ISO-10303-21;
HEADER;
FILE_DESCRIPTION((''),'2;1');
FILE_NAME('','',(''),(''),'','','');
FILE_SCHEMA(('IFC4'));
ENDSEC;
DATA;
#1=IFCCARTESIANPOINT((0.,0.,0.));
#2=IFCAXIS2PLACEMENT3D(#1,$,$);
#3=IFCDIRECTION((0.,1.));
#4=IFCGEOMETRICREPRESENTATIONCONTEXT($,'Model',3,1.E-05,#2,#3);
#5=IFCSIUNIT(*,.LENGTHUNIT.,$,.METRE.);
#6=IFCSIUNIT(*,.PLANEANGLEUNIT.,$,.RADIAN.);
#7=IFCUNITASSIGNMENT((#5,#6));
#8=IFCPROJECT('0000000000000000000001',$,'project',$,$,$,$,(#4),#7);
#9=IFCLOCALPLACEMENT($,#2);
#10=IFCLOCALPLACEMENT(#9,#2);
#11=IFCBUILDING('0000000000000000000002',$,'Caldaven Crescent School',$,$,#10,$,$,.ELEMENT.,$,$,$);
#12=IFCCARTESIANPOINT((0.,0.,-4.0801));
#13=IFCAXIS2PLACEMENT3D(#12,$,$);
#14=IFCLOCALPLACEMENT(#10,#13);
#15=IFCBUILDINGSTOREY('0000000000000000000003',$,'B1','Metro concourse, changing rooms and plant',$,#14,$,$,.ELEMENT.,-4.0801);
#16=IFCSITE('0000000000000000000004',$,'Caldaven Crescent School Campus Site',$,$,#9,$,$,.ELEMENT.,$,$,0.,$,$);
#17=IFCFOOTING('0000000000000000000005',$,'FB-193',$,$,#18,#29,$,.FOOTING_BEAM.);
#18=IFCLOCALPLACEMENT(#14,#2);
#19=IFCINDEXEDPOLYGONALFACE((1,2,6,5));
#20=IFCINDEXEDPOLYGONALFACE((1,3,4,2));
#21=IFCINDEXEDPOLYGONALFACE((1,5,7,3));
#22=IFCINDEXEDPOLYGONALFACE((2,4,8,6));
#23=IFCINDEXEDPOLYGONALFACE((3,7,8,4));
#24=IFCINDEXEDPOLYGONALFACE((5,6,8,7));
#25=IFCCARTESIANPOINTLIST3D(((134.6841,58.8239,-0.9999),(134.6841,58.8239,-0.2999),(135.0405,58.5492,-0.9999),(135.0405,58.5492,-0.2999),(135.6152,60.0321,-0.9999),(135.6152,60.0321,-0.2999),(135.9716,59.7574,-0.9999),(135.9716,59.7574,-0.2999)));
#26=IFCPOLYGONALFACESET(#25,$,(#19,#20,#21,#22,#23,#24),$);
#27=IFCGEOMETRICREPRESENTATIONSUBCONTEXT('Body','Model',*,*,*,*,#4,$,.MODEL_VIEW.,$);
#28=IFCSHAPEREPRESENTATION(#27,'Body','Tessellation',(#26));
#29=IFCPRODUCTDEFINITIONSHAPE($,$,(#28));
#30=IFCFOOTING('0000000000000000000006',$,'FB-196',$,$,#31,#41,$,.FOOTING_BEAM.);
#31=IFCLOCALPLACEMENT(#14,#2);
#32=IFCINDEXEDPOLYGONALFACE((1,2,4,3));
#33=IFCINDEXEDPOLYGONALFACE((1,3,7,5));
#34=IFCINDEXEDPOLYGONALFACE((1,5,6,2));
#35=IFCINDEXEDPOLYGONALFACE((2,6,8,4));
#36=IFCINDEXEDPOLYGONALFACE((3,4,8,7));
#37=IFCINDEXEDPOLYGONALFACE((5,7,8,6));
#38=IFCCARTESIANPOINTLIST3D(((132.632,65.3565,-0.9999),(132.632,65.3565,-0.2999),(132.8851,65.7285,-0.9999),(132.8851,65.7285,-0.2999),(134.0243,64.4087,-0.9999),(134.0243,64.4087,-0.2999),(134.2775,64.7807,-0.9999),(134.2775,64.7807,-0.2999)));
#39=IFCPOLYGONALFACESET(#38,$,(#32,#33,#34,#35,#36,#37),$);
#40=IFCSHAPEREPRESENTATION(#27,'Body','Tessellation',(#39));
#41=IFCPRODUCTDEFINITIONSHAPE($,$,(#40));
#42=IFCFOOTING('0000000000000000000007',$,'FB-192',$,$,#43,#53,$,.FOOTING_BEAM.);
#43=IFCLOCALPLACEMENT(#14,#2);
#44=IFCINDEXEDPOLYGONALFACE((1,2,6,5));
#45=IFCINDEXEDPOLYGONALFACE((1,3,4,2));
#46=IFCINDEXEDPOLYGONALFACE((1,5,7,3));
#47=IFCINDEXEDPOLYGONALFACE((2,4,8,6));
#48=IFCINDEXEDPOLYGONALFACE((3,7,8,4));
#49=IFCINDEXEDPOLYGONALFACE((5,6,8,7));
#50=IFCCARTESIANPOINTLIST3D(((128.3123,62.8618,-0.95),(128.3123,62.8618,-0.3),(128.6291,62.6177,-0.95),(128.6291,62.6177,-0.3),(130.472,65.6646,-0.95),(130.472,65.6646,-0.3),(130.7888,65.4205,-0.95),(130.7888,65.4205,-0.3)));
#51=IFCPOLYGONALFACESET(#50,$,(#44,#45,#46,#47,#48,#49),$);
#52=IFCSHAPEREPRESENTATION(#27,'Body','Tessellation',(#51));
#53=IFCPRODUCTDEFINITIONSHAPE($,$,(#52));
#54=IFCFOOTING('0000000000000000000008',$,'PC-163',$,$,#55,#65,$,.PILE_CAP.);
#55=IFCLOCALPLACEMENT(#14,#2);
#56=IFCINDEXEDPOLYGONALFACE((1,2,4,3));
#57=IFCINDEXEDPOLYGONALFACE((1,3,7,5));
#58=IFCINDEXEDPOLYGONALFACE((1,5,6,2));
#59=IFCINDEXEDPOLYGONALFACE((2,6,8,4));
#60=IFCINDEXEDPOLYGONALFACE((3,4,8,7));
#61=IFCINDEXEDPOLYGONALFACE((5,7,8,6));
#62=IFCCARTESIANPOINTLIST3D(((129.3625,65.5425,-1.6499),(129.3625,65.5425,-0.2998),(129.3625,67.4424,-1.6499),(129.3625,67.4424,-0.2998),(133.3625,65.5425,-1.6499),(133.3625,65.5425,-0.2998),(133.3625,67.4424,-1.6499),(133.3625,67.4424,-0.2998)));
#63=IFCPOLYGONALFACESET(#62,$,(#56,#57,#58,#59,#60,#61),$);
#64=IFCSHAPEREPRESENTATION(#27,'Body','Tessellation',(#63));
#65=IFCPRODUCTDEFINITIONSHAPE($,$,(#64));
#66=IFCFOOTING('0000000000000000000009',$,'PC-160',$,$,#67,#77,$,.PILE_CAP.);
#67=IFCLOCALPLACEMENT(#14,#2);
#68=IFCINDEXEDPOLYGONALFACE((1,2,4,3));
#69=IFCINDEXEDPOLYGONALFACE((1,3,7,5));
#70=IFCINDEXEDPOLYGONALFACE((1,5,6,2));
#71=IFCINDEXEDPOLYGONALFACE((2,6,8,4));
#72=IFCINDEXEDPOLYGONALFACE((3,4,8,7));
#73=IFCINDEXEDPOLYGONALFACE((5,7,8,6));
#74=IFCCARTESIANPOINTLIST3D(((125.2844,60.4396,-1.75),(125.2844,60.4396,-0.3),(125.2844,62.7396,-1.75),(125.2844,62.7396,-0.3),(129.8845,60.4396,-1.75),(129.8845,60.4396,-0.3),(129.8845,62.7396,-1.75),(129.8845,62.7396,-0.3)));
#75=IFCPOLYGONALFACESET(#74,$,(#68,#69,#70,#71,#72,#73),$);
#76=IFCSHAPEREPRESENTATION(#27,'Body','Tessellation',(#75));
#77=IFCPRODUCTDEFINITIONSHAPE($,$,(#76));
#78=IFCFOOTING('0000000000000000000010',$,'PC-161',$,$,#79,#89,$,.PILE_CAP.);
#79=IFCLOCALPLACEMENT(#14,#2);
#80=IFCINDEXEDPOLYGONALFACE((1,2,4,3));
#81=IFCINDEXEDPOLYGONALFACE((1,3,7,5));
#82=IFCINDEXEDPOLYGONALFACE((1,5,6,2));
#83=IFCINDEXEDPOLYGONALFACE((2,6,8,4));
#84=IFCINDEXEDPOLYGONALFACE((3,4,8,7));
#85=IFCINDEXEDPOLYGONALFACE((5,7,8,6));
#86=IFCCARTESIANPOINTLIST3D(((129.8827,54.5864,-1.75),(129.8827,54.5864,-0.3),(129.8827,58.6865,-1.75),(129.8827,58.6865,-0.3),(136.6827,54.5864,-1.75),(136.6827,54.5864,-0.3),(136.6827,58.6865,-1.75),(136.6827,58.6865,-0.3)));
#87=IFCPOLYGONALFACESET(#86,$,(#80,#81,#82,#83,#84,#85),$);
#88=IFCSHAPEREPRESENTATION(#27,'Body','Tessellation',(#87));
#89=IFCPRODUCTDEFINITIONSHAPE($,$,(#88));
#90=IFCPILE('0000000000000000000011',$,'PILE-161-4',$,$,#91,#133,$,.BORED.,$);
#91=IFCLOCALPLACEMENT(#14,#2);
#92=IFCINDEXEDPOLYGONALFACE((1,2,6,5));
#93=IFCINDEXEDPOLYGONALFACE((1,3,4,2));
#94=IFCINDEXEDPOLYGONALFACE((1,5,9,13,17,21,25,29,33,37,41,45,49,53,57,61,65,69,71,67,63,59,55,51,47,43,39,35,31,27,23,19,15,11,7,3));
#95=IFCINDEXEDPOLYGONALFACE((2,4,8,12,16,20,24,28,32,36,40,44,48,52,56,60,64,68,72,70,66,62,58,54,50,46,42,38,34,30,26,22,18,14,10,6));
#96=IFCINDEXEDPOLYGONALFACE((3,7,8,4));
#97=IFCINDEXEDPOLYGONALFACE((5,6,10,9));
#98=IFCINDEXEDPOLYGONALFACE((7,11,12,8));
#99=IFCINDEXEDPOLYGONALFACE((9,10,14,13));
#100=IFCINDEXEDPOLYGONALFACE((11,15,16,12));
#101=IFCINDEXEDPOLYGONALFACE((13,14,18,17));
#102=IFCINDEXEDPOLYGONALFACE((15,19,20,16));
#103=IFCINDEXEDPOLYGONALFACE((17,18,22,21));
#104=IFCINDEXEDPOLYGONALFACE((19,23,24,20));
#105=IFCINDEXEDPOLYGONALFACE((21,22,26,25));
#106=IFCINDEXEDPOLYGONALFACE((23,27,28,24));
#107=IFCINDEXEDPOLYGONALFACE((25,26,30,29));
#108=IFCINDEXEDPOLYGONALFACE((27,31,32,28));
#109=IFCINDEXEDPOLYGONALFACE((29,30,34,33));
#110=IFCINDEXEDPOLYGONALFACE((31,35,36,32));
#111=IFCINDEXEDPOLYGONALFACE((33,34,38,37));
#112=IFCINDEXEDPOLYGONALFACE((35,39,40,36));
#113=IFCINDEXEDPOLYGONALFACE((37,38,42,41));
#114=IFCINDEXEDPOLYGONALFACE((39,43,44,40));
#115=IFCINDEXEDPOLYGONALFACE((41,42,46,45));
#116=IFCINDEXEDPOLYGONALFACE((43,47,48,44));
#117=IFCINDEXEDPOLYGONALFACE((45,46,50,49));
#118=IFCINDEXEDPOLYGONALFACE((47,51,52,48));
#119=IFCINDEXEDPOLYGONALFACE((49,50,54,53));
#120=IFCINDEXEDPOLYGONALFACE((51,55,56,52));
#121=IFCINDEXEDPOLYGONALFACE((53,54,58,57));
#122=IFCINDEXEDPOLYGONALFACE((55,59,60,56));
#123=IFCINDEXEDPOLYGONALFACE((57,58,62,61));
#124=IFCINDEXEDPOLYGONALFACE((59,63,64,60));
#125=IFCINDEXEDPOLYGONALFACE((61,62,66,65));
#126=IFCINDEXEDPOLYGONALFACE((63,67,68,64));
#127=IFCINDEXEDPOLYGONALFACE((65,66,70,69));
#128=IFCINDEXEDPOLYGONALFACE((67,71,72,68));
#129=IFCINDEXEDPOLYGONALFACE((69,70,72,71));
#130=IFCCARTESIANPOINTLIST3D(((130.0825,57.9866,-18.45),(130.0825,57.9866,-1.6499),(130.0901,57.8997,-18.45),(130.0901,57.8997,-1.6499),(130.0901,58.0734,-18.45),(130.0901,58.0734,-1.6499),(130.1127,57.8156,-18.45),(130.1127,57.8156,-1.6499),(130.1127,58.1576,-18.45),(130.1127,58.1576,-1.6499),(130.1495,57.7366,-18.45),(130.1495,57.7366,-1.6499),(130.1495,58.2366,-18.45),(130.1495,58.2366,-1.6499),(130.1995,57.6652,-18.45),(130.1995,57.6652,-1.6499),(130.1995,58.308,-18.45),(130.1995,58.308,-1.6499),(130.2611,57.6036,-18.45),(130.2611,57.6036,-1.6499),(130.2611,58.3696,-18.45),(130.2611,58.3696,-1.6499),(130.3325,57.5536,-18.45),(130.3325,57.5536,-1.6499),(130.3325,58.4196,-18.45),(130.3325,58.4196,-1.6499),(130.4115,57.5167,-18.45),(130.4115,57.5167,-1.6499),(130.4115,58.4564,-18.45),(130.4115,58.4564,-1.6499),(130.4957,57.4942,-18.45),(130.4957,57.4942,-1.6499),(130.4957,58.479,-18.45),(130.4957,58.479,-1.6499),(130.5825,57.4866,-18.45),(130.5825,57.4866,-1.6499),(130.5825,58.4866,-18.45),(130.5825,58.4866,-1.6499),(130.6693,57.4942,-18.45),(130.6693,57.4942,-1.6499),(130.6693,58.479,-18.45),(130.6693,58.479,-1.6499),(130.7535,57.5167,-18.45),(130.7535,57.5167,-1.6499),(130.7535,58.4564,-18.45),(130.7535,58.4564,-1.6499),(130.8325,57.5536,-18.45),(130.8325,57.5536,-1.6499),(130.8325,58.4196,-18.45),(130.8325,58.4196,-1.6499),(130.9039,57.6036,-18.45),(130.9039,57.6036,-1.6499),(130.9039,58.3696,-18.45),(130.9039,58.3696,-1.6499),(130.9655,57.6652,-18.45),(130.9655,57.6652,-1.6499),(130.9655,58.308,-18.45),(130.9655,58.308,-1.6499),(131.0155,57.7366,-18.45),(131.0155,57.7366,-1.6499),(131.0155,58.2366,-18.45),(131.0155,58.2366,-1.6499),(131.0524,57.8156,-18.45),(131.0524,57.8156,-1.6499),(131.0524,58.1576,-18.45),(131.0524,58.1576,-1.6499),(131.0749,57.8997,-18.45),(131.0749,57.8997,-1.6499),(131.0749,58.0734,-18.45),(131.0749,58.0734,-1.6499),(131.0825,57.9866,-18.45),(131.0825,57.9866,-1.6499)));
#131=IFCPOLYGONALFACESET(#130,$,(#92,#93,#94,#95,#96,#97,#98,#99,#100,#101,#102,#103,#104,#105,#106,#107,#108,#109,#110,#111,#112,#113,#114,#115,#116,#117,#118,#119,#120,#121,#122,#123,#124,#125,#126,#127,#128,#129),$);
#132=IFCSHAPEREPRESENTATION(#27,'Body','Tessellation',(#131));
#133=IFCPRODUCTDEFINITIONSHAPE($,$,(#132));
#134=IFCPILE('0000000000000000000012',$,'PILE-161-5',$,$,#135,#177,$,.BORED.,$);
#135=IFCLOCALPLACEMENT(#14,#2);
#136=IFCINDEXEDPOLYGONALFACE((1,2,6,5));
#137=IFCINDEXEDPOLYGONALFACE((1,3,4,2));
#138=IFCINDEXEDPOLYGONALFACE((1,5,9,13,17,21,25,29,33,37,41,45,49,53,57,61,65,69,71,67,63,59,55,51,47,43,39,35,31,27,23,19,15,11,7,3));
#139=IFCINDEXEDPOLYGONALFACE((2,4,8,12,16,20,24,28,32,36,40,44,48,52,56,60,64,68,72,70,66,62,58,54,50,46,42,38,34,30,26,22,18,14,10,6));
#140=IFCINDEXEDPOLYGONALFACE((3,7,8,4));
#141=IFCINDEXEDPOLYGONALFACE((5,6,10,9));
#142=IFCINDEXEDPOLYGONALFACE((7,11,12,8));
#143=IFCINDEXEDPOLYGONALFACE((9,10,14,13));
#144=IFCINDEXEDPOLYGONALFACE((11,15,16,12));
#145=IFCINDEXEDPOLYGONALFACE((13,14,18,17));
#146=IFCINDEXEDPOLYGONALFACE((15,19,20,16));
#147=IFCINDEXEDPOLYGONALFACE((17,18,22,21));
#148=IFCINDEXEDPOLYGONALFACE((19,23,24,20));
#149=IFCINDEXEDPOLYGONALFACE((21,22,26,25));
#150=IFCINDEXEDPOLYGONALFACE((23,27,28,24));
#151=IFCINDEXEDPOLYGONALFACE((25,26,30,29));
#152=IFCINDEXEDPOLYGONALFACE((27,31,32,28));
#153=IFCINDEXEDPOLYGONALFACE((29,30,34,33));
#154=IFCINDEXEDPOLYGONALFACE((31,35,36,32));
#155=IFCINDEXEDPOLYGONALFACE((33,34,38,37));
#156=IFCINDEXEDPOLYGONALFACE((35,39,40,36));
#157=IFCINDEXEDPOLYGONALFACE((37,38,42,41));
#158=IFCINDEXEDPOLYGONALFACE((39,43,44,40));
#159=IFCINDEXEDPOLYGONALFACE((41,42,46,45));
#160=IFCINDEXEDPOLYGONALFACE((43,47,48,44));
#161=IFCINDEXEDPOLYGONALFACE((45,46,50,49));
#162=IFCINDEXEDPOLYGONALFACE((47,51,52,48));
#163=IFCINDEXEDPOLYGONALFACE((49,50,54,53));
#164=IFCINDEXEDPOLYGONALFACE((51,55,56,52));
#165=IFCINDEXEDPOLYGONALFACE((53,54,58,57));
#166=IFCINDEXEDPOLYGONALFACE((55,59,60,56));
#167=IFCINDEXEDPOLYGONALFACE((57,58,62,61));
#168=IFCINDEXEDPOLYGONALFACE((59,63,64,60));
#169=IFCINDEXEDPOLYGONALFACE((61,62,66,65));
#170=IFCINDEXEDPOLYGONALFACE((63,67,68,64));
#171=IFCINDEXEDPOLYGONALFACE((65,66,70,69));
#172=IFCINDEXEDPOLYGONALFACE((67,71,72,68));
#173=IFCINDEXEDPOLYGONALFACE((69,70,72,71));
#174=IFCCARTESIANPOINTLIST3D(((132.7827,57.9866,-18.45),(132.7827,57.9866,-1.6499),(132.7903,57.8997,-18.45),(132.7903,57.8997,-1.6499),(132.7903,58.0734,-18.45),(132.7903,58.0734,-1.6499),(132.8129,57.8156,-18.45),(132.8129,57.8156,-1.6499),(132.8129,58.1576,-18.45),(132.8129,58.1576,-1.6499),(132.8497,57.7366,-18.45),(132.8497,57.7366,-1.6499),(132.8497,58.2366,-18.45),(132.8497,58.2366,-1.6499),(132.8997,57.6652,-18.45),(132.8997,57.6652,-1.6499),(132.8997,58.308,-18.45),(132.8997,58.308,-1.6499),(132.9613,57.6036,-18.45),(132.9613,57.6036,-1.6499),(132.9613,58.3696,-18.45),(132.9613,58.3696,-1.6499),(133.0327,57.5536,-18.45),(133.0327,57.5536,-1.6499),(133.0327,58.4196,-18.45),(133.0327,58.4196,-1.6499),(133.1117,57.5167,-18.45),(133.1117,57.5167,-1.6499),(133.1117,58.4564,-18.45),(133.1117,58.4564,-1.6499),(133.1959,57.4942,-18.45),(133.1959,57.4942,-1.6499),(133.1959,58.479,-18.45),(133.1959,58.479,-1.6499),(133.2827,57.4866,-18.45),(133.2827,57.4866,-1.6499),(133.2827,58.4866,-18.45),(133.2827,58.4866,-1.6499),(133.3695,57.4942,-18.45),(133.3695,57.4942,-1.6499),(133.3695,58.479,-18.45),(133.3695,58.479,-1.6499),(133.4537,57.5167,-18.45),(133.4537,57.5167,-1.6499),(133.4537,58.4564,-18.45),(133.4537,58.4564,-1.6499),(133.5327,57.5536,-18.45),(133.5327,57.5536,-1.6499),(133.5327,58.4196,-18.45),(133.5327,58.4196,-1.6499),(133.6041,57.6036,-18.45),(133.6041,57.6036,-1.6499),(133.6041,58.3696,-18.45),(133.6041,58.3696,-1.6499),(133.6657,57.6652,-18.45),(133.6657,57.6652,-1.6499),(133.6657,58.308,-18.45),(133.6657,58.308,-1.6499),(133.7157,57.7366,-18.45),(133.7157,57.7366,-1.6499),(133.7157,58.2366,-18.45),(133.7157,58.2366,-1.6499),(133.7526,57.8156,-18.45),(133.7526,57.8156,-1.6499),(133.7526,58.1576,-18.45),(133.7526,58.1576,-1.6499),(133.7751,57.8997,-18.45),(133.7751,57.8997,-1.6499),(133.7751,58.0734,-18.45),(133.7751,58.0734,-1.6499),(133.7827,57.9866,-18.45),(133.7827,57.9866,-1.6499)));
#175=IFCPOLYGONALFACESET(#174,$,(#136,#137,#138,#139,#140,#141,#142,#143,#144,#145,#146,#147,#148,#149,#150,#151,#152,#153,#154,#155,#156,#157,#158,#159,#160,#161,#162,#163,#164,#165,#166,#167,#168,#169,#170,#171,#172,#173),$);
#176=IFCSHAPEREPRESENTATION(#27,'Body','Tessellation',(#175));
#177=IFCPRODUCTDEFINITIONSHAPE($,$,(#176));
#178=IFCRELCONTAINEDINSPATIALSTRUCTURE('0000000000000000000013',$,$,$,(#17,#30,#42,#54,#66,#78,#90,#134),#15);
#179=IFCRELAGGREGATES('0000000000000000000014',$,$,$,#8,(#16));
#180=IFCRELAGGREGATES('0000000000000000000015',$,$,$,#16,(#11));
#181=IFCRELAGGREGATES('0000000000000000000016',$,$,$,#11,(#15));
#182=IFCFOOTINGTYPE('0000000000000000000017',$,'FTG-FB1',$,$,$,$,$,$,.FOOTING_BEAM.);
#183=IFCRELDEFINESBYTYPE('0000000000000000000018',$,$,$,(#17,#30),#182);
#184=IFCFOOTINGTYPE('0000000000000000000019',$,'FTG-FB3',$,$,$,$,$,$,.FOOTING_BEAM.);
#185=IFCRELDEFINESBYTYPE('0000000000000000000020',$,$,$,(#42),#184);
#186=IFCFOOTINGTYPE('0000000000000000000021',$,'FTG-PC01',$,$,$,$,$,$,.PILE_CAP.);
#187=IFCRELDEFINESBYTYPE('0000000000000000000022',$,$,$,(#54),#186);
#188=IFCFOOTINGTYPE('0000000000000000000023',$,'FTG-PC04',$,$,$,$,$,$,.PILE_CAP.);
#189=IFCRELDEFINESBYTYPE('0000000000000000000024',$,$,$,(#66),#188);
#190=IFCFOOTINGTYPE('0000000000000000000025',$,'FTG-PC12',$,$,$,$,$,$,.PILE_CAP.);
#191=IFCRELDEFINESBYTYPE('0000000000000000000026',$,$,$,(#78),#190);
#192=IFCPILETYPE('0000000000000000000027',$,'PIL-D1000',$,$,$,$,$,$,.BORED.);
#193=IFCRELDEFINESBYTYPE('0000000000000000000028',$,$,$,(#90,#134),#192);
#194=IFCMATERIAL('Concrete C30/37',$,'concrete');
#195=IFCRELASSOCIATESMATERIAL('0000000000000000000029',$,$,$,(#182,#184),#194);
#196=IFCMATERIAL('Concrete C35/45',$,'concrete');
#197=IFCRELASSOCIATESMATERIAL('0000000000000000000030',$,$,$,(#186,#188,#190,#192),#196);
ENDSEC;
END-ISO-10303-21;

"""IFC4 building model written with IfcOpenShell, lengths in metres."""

from ifc_helpers import new_model, si_unit, direction, frame, origin, origin_2d, place, context, subcontext, project, spatial, rectangle, circle, extrude, material, material_profile, profile_set, type_object, element, save


model = new_model("IFC4")

# Units and contexts
model_context = context("Model", 3, precision=1e-05, world=origin(), true_north=direction((0.0, 1.0)))
body_context = subcontext(model_context, "Body", "Model", "MODEL_VIEW")
ifc_project = project(units=[si_unit("LENGTHUNIT", "METRE"), si_unit("PLANEANGLEUNIT", "RADIAN")], contexts=[model_context])

# Site, building, storey
site_placement = place(None, origin())
site = spatial("IfcSite", under=ifc_project, at=site_placement, Name="Caldaven Crescent School Campus Site", CompositionType="ELEMENT", RefElevation=0.0)
building_placement = place(site_placement, origin())
building = spatial("IfcBuilding", under=site, at=building_placement, Name="Caldaven Crescent School", CompositionType="ELEMENT")
storey_placement = place(building_placement, frame((0.0, 0.0, -4.0801)))
storey = spatial("IfcBuildingStorey", under=building, at=storey_placement, Name="B1", Description="Metro concourse, changing rooms and plant", CompositionType="ELEMENT", Elevation=-4.0801)

# Footings
ifc_material_1 = material(Name="Concrete C30/37", Category="concrete")
ifc_material_profile_1 = material_profile(ifc_material_1, rectangle(XDim=0.45, YDim=0.7, at=origin_2d()), Name="FB 450x700")
ifc_profile_set_1 = profile_set([ifc_material_profile_1], Name="Concrete C30/37")
footing_type_1 = type_object("IfcFootingType", Name="FTG-FB1", PredefinedType="FOOTING_BEAM", material=ifc_profile_set_1)
footing_1_placement = place(storey_placement, frame((134.8623, 58.6865, -0.6499), z_axis=(0.610422, 0.792076, 0.0), x_axis=(-0.792076, 0.610422, 0.0)))
element("IfcFooting", 1, at=footing_1_placement, inside=storey, type_object=footing_type_1, Name="FB-193", PredefinedType="FOOTING_BEAM", context=body_context, shape_type="SweptSolid", body=[
    extrude(rectangle(XDim=0.45, YDim=0.7, at=origin_2d()), origin(), (0.0, 0.0, 1.0), 1.5254),
])
footing_2_placement = place(storey_placement, frame((132.7585, 65.5425, -0.6499), z_axis=(0.82666, -0.562702, 0.0), x_axis=(0.562702, 0.82666, 0.0)))
element("IfcFooting", 2, at=footing_2_placement, inside=storey, type_object=footing_type_1, Name="FB-196", PredefinedType="FOOTING_BEAM", context=body_context, shape_type="SweptSolid", body=[
    extrude(rectangle(XDim=0.45, YDim=0.7, at=origin_2d()), origin(), (0.0, 0.0, 1.0), 1.6843),
])
ifc_material_profile_2 = material_profile(ifc_material_1, rectangle(XDim=0.3999, YDim=0.6499, at=origin_2d()), Name="FB 400x650")
ifc_profile_set_2 = profile_set([ifc_material_profile_2], Name="Concrete C30/37")
footing_type_2 = type_object("IfcFootingType", Name="FTG-FB3", PredefinedType="FOOTING_BEAM", material=ifc_profile_set_2)
footing_3_placement = place(storey_placement, frame((128.4707, 62.7397, -0.625), z_axis=(0.610371, 0.792116, 0.0), x_axis=(-0.792116, 0.610371, 0.0)))
element("IfcFooting", 3, at=footing_3_placement, inside=storey, type_object=footing_type_2, Name="FB-192", PredefinedType="FOOTING_BEAM", context=body_context, shape_type="SweptSolid", body=[
    extrude(rectangle(XDim=0.3999, YDim=0.6499, at=origin_2d()), origin(), (0.0, 0.0, 1.0), 3.5383),
])
ifc_material_2 = material(Name="Concrete C35/45", Category="concrete")
footing_type_3 = type_object("IfcFootingType", Name="FTG-PC01", PredefinedType="PILE_CAP", material=ifc_material_2)
footing_4_placement = place(storey_placement, frame((131.3625, 66.4924, -1.6499), z_axis=(0.0, 0.0, 1.0), x_axis=(1.0, 0.0, 0.0)))
element("IfcFooting", 4, at=footing_4_placement, inside=storey, type_object=footing_type_3, Name="PC-163", PredefinedType="PILE_CAP", context=body_context, shape_type="SweptSolid", body=[
    extrude(rectangle(XDim=4.0, YDim=1.8999, at=origin_2d()), origin(), (0.0, 0.0, 1.0), 1.3501),
])
footing_type_4 = type_object("IfcFootingType", Name="FTG-PC04", PredefinedType="PILE_CAP", material=ifc_material_2)
footing_5_placement = place(storey_placement, frame((127.5845, 61.5896, -1.75), z_axis=(0.0, 0.0, 1.0), x_axis=(1.0, 0.0, 0.0)))
element("IfcFooting", 5, at=footing_5_placement, inside=storey, type_object=footing_type_4, Name="PC-160", PredefinedType="PILE_CAP", context=body_context, shape_type="SweptSolid", body=[
    extrude(rectangle(XDim=4.6001, YDim=2.3, at=origin_2d()), origin(), (0.0, 0.0, 1.0), 1.45),
])
footing_type_5 = type_object("IfcFootingType", Name="FTG-PC12", PredefinedType="PILE_CAP", material=ifc_material_2)
footing_6_placement = place(storey_placement, frame((133.2827, 56.6365, -1.75), z_axis=(0.0, 0.0, 1.0), x_axis=(1.0, 0.0, 0.0)))
element("IfcFooting", 6, at=footing_6_placement, inside=storey, type_object=footing_type_5, Name="PC-161", PredefinedType="PILE_CAP", context=body_context, shape_type="SweptSolid", body=[
    extrude(rectangle(XDim=6.8, YDim=4.1001, at=origin_2d()), origin(), (0.0, 0.0, 1.0), 1.45),
])

# Piles
ifc_material_profile_3 = material_profile(ifc_material_2, circle(Radius=0.5, at=origin_2d()), Name="PILE D1000")
ifc_profile_set_3 = profile_set([ifc_material_profile_3], Name="Concrete C35/45")
pile_type_1 = type_object("IfcPileType", Name="PIL-D1000", PredefinedType="BORED", material=ifc_profile_set_3)
for number, where, z_axis, x_axis, name in (
    (7, (130.5825, 57.9866, -1.6499), (0.0, 0.0, -1.0), (1.0, 0.0, 0.0), "PILE-161-4"),
    (8, (133.2827, 57.9866, -1.6499), (0.0, 0.0, -1.0), (1.0, 0.0, 0.0), "PILE-161-5"),
):
    element("IfcPile", number, at=place(storey_placement, frame(where, z_axis=z_axis, x_axis=x_axis)), inside=storey, type_object=pile_type_1, Name=name, PredefinedType="BORED", context=body_context, shape_type="SweptSolid", body=[
        extrude(circle(Radius=0.5, at=origin_2d()), origin(), (0.0, 0.0, 1.0), 16.8),
    ])

save(model, "model.ifc")
